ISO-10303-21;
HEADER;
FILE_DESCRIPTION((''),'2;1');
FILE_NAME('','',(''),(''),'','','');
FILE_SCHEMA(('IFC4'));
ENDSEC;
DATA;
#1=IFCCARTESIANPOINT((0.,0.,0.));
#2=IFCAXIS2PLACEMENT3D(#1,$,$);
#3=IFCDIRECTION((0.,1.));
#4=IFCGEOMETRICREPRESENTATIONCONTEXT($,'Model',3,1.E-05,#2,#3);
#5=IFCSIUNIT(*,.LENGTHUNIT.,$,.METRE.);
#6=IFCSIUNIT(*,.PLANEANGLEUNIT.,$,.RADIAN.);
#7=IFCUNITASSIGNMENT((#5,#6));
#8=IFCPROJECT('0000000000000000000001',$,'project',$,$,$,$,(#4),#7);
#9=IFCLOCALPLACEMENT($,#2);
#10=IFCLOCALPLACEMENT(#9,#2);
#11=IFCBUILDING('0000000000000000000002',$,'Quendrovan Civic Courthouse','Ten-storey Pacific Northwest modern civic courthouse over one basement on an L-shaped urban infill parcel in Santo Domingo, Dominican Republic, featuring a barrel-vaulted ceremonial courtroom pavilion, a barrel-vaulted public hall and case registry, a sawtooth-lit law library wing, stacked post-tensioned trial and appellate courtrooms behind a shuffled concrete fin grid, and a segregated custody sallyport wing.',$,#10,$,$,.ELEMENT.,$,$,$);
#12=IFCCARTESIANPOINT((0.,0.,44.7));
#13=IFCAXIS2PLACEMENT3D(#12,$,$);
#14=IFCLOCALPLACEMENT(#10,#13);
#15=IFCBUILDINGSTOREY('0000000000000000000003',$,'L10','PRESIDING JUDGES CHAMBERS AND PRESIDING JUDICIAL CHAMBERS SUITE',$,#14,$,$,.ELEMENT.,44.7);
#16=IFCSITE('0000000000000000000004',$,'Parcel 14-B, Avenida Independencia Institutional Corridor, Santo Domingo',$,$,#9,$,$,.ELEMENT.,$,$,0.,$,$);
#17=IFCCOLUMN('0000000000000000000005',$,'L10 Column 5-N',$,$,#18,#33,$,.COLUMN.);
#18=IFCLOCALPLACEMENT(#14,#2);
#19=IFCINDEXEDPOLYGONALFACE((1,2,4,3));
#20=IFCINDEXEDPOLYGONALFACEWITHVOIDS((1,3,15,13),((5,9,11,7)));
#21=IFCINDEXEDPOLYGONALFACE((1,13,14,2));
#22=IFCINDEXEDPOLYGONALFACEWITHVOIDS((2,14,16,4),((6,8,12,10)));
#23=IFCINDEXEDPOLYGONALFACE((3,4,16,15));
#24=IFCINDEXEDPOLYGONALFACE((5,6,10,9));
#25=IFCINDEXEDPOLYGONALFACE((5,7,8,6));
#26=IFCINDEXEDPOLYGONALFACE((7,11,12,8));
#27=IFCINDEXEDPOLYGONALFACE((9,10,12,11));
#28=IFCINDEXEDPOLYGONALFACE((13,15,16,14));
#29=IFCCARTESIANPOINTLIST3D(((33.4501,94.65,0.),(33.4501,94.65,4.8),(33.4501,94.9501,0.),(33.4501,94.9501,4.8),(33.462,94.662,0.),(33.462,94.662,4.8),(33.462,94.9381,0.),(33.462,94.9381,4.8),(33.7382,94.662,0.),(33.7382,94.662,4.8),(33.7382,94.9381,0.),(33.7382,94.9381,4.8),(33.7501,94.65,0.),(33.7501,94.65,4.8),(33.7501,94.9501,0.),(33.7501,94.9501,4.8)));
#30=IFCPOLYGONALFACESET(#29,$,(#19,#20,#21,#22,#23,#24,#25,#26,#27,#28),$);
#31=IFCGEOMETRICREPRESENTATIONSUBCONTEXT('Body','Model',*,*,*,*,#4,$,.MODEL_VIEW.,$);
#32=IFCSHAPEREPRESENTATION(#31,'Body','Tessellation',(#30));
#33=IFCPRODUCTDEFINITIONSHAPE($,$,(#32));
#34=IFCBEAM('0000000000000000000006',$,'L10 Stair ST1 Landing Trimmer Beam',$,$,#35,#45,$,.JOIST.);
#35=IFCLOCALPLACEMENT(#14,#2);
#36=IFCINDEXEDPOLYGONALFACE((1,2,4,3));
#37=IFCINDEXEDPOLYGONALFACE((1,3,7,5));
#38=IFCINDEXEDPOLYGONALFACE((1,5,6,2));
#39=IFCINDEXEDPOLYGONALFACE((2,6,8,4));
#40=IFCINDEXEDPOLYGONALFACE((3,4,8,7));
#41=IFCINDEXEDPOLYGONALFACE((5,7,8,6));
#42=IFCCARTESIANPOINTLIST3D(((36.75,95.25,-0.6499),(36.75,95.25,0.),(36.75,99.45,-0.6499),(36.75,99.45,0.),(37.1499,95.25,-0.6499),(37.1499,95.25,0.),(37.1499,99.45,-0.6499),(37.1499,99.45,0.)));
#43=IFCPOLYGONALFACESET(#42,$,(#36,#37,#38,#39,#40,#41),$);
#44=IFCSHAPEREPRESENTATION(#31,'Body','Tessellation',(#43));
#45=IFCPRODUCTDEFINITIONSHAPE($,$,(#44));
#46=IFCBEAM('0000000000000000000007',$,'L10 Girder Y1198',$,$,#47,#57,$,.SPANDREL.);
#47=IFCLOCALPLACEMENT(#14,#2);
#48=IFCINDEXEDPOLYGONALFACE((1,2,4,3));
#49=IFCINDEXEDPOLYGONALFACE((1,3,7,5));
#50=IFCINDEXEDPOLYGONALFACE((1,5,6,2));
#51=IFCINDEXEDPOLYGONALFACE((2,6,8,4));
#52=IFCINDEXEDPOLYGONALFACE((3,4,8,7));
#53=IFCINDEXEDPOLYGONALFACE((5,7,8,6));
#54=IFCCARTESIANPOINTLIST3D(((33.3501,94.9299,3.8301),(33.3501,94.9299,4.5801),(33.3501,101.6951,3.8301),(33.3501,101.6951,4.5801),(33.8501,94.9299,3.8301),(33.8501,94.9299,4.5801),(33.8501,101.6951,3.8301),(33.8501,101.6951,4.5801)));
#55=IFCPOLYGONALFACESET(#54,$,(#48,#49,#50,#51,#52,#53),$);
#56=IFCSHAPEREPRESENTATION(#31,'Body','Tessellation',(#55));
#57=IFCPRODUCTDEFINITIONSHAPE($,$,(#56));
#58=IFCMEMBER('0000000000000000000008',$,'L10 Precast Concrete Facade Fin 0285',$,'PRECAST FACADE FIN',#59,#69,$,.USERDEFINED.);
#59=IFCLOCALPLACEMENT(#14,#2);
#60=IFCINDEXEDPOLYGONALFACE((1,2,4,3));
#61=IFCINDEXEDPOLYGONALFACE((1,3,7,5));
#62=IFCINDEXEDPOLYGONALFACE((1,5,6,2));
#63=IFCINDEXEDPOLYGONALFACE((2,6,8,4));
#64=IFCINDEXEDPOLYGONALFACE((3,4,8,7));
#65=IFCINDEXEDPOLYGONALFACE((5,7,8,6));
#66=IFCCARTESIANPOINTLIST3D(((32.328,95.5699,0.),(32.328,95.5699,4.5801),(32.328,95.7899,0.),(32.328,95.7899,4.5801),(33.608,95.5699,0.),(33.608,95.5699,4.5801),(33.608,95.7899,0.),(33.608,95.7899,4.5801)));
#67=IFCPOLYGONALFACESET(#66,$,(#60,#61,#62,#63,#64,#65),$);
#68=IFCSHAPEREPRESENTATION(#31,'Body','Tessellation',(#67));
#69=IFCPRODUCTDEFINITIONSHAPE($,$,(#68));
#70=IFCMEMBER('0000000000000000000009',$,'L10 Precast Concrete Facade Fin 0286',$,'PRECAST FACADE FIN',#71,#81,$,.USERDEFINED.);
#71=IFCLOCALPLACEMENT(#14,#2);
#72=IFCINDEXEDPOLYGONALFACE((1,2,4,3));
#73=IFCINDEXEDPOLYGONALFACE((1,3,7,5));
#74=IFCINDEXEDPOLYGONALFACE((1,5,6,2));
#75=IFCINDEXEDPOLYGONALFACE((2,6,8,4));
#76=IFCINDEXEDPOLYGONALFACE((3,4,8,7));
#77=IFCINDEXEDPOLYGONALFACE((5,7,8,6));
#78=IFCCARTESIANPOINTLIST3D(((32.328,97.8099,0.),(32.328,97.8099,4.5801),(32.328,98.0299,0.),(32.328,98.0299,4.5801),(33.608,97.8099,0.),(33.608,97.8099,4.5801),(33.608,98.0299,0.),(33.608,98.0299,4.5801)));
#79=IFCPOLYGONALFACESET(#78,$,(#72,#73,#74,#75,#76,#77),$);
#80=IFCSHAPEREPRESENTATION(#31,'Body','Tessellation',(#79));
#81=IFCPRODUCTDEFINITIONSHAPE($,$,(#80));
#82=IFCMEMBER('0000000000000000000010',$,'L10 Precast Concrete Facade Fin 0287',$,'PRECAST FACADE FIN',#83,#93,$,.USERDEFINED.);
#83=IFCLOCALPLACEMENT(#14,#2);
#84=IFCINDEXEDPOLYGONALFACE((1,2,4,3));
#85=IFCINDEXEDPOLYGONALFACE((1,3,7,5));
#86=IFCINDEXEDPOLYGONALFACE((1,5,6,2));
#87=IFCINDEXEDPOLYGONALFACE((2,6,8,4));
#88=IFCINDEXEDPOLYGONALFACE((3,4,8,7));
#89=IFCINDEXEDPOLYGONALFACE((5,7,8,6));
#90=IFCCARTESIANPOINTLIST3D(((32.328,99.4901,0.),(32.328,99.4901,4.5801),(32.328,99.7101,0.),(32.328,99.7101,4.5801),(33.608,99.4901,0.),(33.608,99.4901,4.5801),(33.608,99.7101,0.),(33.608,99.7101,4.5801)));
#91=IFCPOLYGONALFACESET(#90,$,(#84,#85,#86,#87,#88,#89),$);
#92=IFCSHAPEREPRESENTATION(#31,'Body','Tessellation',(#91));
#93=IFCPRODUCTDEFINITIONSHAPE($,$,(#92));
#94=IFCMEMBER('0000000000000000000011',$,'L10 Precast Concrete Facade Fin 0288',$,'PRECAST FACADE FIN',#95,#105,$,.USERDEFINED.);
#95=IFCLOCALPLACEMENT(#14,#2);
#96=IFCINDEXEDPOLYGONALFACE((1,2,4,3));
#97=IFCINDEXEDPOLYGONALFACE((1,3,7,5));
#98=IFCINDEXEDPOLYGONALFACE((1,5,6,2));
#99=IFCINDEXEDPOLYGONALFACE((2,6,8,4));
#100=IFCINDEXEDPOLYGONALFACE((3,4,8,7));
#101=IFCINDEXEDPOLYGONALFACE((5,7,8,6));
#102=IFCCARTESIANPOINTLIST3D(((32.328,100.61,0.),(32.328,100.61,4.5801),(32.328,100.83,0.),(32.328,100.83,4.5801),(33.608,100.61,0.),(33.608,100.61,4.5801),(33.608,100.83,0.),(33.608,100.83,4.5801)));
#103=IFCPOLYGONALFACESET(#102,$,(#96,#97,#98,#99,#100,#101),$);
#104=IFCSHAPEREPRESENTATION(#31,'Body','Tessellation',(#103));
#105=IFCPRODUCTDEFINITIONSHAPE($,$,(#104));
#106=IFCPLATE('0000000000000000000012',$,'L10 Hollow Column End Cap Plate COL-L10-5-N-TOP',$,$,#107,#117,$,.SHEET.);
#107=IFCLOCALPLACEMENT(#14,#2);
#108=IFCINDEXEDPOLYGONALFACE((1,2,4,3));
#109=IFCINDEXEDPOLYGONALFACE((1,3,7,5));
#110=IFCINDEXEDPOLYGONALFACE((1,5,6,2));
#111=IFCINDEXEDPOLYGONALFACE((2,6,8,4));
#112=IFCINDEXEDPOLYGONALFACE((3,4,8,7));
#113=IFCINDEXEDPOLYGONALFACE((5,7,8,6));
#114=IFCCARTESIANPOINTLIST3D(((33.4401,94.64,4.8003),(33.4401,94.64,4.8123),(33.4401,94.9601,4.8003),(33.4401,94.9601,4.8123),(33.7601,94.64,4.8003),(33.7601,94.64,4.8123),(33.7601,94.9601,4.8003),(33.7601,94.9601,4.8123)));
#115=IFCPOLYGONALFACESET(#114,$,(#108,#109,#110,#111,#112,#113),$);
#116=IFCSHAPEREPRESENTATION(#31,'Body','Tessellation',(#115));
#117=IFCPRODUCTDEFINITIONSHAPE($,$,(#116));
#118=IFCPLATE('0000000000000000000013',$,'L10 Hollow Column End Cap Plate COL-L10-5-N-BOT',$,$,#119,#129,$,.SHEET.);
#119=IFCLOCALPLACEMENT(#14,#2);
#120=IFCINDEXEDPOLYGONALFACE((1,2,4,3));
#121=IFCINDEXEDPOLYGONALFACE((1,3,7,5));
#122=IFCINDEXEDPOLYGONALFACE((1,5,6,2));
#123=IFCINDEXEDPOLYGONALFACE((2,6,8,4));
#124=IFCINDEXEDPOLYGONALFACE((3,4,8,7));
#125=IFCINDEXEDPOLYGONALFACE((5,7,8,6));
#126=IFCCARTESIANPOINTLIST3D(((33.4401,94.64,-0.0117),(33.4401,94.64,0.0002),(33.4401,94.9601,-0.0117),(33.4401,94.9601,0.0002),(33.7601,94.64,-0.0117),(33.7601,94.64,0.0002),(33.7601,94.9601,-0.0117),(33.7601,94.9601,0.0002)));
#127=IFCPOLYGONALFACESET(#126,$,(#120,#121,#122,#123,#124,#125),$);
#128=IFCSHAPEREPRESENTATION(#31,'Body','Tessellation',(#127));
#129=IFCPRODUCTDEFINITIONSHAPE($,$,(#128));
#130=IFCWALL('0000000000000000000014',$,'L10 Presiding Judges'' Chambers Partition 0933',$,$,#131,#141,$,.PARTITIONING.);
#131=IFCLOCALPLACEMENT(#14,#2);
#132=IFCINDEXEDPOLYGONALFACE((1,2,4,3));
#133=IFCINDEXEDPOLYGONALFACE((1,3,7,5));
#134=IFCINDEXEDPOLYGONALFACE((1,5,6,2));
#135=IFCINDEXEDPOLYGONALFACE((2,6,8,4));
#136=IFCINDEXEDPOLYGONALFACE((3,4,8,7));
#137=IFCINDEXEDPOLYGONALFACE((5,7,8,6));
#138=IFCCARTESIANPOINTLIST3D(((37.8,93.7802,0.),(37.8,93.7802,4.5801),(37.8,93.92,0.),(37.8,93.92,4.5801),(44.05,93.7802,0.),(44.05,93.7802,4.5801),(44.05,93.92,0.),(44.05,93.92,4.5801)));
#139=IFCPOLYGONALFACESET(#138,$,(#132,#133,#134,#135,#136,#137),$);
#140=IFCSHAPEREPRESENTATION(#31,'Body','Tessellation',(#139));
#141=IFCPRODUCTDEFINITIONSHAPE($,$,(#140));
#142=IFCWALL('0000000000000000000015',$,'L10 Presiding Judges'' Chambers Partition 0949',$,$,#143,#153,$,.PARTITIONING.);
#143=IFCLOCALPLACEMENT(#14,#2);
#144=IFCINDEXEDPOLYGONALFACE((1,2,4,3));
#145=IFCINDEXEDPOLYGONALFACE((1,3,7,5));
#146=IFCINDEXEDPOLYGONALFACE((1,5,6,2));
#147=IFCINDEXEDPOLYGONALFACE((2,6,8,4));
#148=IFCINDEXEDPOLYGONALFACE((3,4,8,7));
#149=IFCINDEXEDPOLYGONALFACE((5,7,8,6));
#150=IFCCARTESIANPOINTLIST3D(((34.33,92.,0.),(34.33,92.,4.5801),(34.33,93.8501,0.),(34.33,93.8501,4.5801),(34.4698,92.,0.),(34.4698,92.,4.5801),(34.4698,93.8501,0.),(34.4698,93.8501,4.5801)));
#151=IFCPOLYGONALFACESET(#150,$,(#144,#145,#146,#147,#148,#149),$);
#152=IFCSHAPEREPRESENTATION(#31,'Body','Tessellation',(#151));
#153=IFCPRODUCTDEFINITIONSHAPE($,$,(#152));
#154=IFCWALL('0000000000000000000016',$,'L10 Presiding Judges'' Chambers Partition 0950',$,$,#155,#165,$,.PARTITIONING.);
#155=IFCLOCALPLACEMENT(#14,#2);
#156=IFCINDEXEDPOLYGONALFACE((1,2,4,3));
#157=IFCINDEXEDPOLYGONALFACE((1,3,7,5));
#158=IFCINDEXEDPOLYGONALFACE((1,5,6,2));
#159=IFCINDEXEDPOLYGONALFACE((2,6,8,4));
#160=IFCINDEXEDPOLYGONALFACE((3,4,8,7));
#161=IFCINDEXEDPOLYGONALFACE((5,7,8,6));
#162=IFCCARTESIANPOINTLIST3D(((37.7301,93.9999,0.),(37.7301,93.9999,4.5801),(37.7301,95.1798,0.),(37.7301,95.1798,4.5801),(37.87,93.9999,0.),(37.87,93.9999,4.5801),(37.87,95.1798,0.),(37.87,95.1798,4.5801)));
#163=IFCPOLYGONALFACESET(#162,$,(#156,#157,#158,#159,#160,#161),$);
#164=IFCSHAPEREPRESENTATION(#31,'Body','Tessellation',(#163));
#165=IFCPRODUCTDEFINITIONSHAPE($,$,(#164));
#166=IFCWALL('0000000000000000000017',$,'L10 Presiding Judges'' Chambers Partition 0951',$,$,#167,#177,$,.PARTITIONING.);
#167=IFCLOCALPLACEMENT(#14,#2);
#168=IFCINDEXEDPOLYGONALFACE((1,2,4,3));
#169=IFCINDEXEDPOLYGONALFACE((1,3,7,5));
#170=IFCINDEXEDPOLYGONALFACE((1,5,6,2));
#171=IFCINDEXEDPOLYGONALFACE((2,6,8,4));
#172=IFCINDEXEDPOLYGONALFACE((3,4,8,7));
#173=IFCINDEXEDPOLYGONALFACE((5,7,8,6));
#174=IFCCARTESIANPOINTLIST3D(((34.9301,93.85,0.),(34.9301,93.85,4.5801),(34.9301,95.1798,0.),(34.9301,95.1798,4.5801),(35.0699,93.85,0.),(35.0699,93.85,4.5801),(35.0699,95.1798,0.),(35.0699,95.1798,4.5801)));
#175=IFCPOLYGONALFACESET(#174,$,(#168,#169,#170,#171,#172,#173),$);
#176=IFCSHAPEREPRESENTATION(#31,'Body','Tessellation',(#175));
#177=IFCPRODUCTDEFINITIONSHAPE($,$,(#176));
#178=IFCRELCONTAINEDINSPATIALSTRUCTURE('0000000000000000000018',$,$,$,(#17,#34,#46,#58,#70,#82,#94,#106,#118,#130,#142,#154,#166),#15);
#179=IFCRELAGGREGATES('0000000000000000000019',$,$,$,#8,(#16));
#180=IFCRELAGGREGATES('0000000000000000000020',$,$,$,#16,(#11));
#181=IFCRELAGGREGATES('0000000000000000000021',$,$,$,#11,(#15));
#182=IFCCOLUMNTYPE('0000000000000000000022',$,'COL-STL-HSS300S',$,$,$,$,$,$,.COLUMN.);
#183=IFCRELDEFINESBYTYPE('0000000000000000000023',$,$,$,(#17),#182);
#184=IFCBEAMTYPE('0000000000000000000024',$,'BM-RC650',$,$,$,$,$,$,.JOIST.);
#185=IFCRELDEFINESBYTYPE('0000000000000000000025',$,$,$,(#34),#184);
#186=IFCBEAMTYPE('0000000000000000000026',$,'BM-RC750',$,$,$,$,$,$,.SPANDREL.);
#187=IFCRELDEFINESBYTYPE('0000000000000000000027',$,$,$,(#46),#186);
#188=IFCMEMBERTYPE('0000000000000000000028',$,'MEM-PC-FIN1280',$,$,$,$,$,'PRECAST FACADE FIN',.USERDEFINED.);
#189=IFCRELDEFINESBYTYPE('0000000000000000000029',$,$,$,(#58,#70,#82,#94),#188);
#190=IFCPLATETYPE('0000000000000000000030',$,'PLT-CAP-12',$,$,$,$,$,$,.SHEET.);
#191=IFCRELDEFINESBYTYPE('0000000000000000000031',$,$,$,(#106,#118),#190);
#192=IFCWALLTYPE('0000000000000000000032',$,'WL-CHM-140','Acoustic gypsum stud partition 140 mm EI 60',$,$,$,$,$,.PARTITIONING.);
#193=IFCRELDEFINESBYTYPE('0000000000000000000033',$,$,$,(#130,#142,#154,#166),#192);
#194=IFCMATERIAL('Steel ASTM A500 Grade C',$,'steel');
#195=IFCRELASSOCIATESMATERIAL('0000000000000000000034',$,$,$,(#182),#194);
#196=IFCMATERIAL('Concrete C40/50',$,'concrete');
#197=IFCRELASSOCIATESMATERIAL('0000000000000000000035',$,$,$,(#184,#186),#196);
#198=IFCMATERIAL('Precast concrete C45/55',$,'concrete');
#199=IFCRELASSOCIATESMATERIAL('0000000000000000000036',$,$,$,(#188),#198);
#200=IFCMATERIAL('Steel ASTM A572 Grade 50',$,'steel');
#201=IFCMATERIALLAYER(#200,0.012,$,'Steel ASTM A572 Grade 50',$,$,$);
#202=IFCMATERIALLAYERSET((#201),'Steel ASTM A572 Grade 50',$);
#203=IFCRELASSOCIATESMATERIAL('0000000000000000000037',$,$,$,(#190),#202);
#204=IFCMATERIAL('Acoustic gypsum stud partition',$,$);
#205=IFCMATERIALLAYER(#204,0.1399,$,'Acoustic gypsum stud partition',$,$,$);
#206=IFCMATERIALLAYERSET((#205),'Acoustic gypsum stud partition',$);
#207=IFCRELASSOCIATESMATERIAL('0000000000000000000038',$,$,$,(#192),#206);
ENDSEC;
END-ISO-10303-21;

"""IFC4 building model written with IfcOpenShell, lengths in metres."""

from ifc_helpers import new_model, si_unit, direction, frame, frame_2d, origin, origin_2d, place, context, subcontext, project, spatial, rectangle, hollow_rectangle, extrude, material, layer, layer_set, material_profile, profile_set, type_object, element, save


model = new_model("IFC4")

# Units and contexts
model_context = context("Model", 3, precision=1e-05, world=origin(), true_north=direction((0.0, 1.0)))
body_context = subcontext(model_context, "Body", "Model", "MODEL_VIEW")
ifc_project = project(units=[si_unit("LENGTHUNIT", "METRE"), si_unit("PLANEANGLEUNIT", "RADIAN")], contexts=[model_context])

# Site, building, storey
site_placement = place(None, origin())
site = spatial("IfcSite", under=ifc_project, at=site_placement, Name="Parcel 14-B, Avenida Independencia Institutional Corridor, Santo Domingo", CompositionType="ELEMENT", RefElevation=0.0)
building_placement = place(site_placement, origin())
building = spatial("IfcBuilding", under=site, at=building_placement, Name="Quendrovan Civic Courthouse", Description="Ten-storey Pacific Northwest modern civic courthouse over one basement on an L-shaped urban infill parcel in Santo Domingo, Dominican Republic, featuring a barrel-vaulted ceremonial courtroom pavilion, a barrel-vaulted public hall and case registry, a sawtooth-lit law library wing, stacked post-tensioned trial and appellate courtrooms behind a shuffled concrete fin grid, and a segregated custody sallyport wing.", CompositionType="ELEMENT")
storey_placement = place(building_placement, frame((0.0, 0.0, 44.7)))
storey = spatial("IfcBuildingStorey", under=building, at=storey_placement, Name="L10", Description="PRESIDING JUDGES CHAMBERS AND PRESIDING JUDICIAL CHAMBERS SUITE", CompositionType="ELEMENT", Elevation=44.7)

# Column
ifc_material_1 = material(Name="Steel ASTM A500 Grade C", Category="steel")
ifc_material_profile_1 = material_profile(ifc_material_1, hollow_rectangle(XDim=0.3, YDim=0.3, WallThickness=0.012, at=origin_2d()), Name="HSS300x300x12")
ifc_profile_set_1 = profile_set([ifc_material_profile_1], Name="Steel ASTM A500 Grade C")
column_type = type_object("IfcColumnType", Name="COL-STL-HSS300S", PredefinedType="COLUMN", material=ifc_profile_set_1)
column_placement = place(storey_placement, frame((33.6001, 94.8, 0.0), z_axis=(0.0, 0.0, 1.0), x_axis=(1.0, 0.0, 0.0)))
element("IfcColumn", 1, at=column_placement, inside=storey, type_object=column_type, Name="L10 Column 5-N", PredefinedType="COLUMN", context=body_context, shape_type="SweptSolid", body=[
    extrude(hollow_rectangle(XDim=0.3, YDim=0.3, WallThickness=0.012, at=origin_2d()), origin(), (0.0, 0.0, 1.0), 4.8),
])

# Beams
ifc_material_2 = material(Name="Concrete C40/50", Category="concrete")
ifc_material_profile_2 = material_profile(ifc_material_2, rectangle(XDim=0.3999, YDim=0.6499, at=origin_2d()), Name="RC-BM-400x650")
ifc_profile_set_2 = profile_set([ifc_material_profile_2], Name="Concrete C40/50")
beam_type_1 = type_object("IfcBeamType", Name="BM-RC650", PredefinedType="JOIST", material=ifc_profile_set_2)
beam_1_placement = place(storey_placement, frame((36.95, 95.25, -0.325), z_axis=(0.0, 1.0, 0.0), x_axis=(-1.0, 0.0, 0.0)))
element("IfcBeam", 2, at=beam_1_placement, inside=storey, type_object=beam_type_1, Name="L10 Stair ST1 Landing Trimmer Beam", PredefinedType="JOIST", context=body_context, shape_type="SweptSolid", body=[
    extrude(rectangle(XDim=0.3999, YDim=0.6499, at=origin_2d()), origin(), (0.0, 0.0, 1.0), 4.2),
])
ifc_material_profile_3 = material_profile(ifc_material_2, rectangle(XDim=0.5, YDim=0.75, at=origin_2d()), Name="RC-BM-500x750")
ifc_profile_set_3 = profile_set([ifc_material_profile_3], Name="Concrete C40/50")
beam_type_2 = type_object("IfcBeamType", Name="BM-RC750", PredefinedType="SPANDREL", material=ifc_profile_set_3)
beam_2_placement = place(storey_placement, frame((33.6001, 94.9299, 4.2051), z_axis=(0.0, 1.0, 0.0), x_axis=(-1.0, 0.0, 0.0)))
element("IfcBeam", 3, at=beam_2_placement, inside=storey, type_object=beam_type_2, Name="L10 Girder Y1198", PredefinedType="SPANDREL", context=body_context, shape_type="SweptSolid", body=[
    extrude(rectangle(XDim=0.5, YDim=0.75, at=origin_2d()), origin(), (0.0, 0.0, 1.0), 6.7651),
])

# Members
ifc_material_3 = material(Name="Precast concrete C45/55", Category="concrete")
ifc_material_profile_4 = material_profile(ifc_material_3, rectangle(XDim=0.22, YDim=1.28, at=origin_2d()), Name="PC-FIN-220x1280")
ifc_profile_set_4 = profile_set([ifc_material_profile_4], Name="Precast concrete C45/55")
member_type = type_object("IfcMemberType", Name="MEM-PC-FIN1280", ElementType="PRECAST FACADE FIN", PredefinedType="USERDEFINED", material=ifc_profile_set_4)
for number, where, z_axis, x_axis, name in (
    (4, (32.968, 95.6799, 0.0), (0.0, 0.0, 1.0), (0.0, 1.0, 0.0), "L10 Precast Concrete Facade Fin 0285"),
    (5, (32.968, 97.9199, 0.0), (0.0, 0.0, 1.0), (0.0, 1.0, 0.0), "L10 Precast Concrete Facade Fin 0286"),
    (6, (32.968, 99.6001, 0.0), (0.0, 0.0, 1.0), (0.0, 1.0, 0.0), "L10 Precast Concrete Facade Fin 0287"),
    (7, (32.968, 100.72, 0.0), (0.0, 0.0, 1.0), (0.0, 1.0, 0.0), "L10 Precast Concrete Facade Fin 0288"),
):
    element("IfcMember", number, at=place(storey_placement, frame(where, z_axis=z_axis, x_axis=x_axis)), inside=storey, type_object=member_type, Name=name, ObjectType="PRECAST FACADE FIN", PredefinedType="USERDEFINED", context=body_context, shape_type="SweptSolid", body=[
        extrude(rectangle(XDim=0.22, YDim=1.28, at=origin_2d()), origin(), (0.0, 0.0, 1.0), 4.5801),
    ])

# Plates
ifc_material_4 = material(Name="Steel ASTM A572 Grade 50", Category="steel")
ifc_layer_1 = layer(ifc_material_4, 0.012, Name="Steel ASTM A572 Grade 50")
ifc_layer_set_1 = layer_set([ifc_layer_1], Name="Steel ASTM A572 Grade 50")
plate_type = type_object("IfcPlateType", Name="PLT-CAP-12", PredefinedType="SHEET", material=ifc_layer_set_1)
for number, where, z_axis, x_axis, name in (
    (8, (33.6001, 94.8, 4.8003), (0.0, 0.0, 1.0), (1.0, 0.0, 0.0), "L10 Hollow Column End Cap Plate COL-L10-5-N-TOP"),
    (9, (33.6001, 94.8, -0.0117), (0.0, 0.0, 1.0), (1.0, 0.0, 0.0), "L10 Hollow Column End Cap Plate COL-L10-5-N-BOT"),
):
    element("IfcPlate", number, at=place(storey_placement, frame(where, z_axis=z_axis, x_axis=x_axis)), inside=storey, type_object=plate_type, Name=name, PredefinedType="SHEET", context=body_context, shape_type="SweptSolid", body=[
        extrude(rectangle(XDim=0.3201, YDim=0.3201, at=origin_2d()), origin(), (0.0, 0.0, 1.0), 0.012),
    ])

# Walls
ifc_material_5 = material(Name="Acoustic gypsum stud partition")
ifc_layer_2 = layer(ifc_material_5, 0.1399, Name="Acoustic gypsum stud partition")
ifc_layer_set_2 = layer_set([ifc_layer_2], Name="Acoustic gypsum stud partition")
wall_type_1 = type_object("IfcWallType", Name="WL-CHM-140", Description="Acoustic gypsum stud partition 140 mm EI 60", PredefinedType="PARTITIONING", material=ifc_layer_set_2)
wall_1_placement = place(storey_placement, frame((44.05, 93.8501, 0.0), z_axis=(0.0, 0.0, 1.0), x_axis=(-1.0, 0.0, 0.0)))
element("IfcWall", 10, at=wall_1_placement, inside=storey, type_object=wall_type_1, Name="L10 Presiding Judges' Chambers Partition 0933", PredefinedType="PARTITIONING", context=body_context, shape_type="SweptSolid", body=[
    extrude(rectangle(XDim=6.25, YDim=0.1399, at=frame_2d((3.125, 0.0))), origin(), (0.0, 0.0, 1.0), 4.5801),
])
wall_2_placement = place(storey_placement, frame((34.3999, 93.8501, 0.0), z_axis=(0.0, 0.0, 1.0), x_axis=(0.0, -1.0, 0.0)))
element("IfcWall", 11, at=wall_2_placement, inside=storey, type_object=wall_type_1, Name="L10 Presiding Judges' Chambers Partition 0949", PredefinedType="PARTITIONING", context=body_context, shape_type="SweptSolid", body=[
    extrude(rectangle(XDim=1.8501, YDim=0.1399, at=frame_2d((0.925, 0.0))), origin(), (0.0, 0.0, 1.0), 4.5801),
])
wall_3_placement = place(storey_placement, frame((37.8, 94.0, 0.0), z_axis=(0.0, 0.0, 1.0), x_axis=(0.0, 1.0, 0.0)))
element("IfcWall", 12, at=wall_3_placement, inside=storey, type_object=wall_type_1, Name="L10 Presiding Judges' Chambers Partition 0950", PredefinedType="PARTITIONING", context=body_context, shape_type="SweptSolid", body=[
    extrude(rectangle(XDim=1.1799, YDim=0.1399, at=frame_2d((0.5898, 0.0))), origin(), (0.0, 0.0, 1.0), 4.5801),
])
wall_4_placement = place(storey_placement, frame((35.0, 95.1799, 0.0), z_axis=(0.0, 0.0, 1.0), x_axis=(0.0, -1.0, 0.0)))
element("IfcWall", 13, at=wall_4_placement, inside=storey, type_object=wall_type_1, Name="L10 Presiding Judges' Chambers Partition 0951", PredefinedType="PARTITIONING", context=body_context, shape_type="SweptSolid", body=[
    extrude(rectangle(XDim=1.3298, YDim=0.1399, at=frame_2d((0.665, 0.0))), origin(), (0.0, 0.0, 1.0), 4.5801),
])

save(model, "model.ifc")
